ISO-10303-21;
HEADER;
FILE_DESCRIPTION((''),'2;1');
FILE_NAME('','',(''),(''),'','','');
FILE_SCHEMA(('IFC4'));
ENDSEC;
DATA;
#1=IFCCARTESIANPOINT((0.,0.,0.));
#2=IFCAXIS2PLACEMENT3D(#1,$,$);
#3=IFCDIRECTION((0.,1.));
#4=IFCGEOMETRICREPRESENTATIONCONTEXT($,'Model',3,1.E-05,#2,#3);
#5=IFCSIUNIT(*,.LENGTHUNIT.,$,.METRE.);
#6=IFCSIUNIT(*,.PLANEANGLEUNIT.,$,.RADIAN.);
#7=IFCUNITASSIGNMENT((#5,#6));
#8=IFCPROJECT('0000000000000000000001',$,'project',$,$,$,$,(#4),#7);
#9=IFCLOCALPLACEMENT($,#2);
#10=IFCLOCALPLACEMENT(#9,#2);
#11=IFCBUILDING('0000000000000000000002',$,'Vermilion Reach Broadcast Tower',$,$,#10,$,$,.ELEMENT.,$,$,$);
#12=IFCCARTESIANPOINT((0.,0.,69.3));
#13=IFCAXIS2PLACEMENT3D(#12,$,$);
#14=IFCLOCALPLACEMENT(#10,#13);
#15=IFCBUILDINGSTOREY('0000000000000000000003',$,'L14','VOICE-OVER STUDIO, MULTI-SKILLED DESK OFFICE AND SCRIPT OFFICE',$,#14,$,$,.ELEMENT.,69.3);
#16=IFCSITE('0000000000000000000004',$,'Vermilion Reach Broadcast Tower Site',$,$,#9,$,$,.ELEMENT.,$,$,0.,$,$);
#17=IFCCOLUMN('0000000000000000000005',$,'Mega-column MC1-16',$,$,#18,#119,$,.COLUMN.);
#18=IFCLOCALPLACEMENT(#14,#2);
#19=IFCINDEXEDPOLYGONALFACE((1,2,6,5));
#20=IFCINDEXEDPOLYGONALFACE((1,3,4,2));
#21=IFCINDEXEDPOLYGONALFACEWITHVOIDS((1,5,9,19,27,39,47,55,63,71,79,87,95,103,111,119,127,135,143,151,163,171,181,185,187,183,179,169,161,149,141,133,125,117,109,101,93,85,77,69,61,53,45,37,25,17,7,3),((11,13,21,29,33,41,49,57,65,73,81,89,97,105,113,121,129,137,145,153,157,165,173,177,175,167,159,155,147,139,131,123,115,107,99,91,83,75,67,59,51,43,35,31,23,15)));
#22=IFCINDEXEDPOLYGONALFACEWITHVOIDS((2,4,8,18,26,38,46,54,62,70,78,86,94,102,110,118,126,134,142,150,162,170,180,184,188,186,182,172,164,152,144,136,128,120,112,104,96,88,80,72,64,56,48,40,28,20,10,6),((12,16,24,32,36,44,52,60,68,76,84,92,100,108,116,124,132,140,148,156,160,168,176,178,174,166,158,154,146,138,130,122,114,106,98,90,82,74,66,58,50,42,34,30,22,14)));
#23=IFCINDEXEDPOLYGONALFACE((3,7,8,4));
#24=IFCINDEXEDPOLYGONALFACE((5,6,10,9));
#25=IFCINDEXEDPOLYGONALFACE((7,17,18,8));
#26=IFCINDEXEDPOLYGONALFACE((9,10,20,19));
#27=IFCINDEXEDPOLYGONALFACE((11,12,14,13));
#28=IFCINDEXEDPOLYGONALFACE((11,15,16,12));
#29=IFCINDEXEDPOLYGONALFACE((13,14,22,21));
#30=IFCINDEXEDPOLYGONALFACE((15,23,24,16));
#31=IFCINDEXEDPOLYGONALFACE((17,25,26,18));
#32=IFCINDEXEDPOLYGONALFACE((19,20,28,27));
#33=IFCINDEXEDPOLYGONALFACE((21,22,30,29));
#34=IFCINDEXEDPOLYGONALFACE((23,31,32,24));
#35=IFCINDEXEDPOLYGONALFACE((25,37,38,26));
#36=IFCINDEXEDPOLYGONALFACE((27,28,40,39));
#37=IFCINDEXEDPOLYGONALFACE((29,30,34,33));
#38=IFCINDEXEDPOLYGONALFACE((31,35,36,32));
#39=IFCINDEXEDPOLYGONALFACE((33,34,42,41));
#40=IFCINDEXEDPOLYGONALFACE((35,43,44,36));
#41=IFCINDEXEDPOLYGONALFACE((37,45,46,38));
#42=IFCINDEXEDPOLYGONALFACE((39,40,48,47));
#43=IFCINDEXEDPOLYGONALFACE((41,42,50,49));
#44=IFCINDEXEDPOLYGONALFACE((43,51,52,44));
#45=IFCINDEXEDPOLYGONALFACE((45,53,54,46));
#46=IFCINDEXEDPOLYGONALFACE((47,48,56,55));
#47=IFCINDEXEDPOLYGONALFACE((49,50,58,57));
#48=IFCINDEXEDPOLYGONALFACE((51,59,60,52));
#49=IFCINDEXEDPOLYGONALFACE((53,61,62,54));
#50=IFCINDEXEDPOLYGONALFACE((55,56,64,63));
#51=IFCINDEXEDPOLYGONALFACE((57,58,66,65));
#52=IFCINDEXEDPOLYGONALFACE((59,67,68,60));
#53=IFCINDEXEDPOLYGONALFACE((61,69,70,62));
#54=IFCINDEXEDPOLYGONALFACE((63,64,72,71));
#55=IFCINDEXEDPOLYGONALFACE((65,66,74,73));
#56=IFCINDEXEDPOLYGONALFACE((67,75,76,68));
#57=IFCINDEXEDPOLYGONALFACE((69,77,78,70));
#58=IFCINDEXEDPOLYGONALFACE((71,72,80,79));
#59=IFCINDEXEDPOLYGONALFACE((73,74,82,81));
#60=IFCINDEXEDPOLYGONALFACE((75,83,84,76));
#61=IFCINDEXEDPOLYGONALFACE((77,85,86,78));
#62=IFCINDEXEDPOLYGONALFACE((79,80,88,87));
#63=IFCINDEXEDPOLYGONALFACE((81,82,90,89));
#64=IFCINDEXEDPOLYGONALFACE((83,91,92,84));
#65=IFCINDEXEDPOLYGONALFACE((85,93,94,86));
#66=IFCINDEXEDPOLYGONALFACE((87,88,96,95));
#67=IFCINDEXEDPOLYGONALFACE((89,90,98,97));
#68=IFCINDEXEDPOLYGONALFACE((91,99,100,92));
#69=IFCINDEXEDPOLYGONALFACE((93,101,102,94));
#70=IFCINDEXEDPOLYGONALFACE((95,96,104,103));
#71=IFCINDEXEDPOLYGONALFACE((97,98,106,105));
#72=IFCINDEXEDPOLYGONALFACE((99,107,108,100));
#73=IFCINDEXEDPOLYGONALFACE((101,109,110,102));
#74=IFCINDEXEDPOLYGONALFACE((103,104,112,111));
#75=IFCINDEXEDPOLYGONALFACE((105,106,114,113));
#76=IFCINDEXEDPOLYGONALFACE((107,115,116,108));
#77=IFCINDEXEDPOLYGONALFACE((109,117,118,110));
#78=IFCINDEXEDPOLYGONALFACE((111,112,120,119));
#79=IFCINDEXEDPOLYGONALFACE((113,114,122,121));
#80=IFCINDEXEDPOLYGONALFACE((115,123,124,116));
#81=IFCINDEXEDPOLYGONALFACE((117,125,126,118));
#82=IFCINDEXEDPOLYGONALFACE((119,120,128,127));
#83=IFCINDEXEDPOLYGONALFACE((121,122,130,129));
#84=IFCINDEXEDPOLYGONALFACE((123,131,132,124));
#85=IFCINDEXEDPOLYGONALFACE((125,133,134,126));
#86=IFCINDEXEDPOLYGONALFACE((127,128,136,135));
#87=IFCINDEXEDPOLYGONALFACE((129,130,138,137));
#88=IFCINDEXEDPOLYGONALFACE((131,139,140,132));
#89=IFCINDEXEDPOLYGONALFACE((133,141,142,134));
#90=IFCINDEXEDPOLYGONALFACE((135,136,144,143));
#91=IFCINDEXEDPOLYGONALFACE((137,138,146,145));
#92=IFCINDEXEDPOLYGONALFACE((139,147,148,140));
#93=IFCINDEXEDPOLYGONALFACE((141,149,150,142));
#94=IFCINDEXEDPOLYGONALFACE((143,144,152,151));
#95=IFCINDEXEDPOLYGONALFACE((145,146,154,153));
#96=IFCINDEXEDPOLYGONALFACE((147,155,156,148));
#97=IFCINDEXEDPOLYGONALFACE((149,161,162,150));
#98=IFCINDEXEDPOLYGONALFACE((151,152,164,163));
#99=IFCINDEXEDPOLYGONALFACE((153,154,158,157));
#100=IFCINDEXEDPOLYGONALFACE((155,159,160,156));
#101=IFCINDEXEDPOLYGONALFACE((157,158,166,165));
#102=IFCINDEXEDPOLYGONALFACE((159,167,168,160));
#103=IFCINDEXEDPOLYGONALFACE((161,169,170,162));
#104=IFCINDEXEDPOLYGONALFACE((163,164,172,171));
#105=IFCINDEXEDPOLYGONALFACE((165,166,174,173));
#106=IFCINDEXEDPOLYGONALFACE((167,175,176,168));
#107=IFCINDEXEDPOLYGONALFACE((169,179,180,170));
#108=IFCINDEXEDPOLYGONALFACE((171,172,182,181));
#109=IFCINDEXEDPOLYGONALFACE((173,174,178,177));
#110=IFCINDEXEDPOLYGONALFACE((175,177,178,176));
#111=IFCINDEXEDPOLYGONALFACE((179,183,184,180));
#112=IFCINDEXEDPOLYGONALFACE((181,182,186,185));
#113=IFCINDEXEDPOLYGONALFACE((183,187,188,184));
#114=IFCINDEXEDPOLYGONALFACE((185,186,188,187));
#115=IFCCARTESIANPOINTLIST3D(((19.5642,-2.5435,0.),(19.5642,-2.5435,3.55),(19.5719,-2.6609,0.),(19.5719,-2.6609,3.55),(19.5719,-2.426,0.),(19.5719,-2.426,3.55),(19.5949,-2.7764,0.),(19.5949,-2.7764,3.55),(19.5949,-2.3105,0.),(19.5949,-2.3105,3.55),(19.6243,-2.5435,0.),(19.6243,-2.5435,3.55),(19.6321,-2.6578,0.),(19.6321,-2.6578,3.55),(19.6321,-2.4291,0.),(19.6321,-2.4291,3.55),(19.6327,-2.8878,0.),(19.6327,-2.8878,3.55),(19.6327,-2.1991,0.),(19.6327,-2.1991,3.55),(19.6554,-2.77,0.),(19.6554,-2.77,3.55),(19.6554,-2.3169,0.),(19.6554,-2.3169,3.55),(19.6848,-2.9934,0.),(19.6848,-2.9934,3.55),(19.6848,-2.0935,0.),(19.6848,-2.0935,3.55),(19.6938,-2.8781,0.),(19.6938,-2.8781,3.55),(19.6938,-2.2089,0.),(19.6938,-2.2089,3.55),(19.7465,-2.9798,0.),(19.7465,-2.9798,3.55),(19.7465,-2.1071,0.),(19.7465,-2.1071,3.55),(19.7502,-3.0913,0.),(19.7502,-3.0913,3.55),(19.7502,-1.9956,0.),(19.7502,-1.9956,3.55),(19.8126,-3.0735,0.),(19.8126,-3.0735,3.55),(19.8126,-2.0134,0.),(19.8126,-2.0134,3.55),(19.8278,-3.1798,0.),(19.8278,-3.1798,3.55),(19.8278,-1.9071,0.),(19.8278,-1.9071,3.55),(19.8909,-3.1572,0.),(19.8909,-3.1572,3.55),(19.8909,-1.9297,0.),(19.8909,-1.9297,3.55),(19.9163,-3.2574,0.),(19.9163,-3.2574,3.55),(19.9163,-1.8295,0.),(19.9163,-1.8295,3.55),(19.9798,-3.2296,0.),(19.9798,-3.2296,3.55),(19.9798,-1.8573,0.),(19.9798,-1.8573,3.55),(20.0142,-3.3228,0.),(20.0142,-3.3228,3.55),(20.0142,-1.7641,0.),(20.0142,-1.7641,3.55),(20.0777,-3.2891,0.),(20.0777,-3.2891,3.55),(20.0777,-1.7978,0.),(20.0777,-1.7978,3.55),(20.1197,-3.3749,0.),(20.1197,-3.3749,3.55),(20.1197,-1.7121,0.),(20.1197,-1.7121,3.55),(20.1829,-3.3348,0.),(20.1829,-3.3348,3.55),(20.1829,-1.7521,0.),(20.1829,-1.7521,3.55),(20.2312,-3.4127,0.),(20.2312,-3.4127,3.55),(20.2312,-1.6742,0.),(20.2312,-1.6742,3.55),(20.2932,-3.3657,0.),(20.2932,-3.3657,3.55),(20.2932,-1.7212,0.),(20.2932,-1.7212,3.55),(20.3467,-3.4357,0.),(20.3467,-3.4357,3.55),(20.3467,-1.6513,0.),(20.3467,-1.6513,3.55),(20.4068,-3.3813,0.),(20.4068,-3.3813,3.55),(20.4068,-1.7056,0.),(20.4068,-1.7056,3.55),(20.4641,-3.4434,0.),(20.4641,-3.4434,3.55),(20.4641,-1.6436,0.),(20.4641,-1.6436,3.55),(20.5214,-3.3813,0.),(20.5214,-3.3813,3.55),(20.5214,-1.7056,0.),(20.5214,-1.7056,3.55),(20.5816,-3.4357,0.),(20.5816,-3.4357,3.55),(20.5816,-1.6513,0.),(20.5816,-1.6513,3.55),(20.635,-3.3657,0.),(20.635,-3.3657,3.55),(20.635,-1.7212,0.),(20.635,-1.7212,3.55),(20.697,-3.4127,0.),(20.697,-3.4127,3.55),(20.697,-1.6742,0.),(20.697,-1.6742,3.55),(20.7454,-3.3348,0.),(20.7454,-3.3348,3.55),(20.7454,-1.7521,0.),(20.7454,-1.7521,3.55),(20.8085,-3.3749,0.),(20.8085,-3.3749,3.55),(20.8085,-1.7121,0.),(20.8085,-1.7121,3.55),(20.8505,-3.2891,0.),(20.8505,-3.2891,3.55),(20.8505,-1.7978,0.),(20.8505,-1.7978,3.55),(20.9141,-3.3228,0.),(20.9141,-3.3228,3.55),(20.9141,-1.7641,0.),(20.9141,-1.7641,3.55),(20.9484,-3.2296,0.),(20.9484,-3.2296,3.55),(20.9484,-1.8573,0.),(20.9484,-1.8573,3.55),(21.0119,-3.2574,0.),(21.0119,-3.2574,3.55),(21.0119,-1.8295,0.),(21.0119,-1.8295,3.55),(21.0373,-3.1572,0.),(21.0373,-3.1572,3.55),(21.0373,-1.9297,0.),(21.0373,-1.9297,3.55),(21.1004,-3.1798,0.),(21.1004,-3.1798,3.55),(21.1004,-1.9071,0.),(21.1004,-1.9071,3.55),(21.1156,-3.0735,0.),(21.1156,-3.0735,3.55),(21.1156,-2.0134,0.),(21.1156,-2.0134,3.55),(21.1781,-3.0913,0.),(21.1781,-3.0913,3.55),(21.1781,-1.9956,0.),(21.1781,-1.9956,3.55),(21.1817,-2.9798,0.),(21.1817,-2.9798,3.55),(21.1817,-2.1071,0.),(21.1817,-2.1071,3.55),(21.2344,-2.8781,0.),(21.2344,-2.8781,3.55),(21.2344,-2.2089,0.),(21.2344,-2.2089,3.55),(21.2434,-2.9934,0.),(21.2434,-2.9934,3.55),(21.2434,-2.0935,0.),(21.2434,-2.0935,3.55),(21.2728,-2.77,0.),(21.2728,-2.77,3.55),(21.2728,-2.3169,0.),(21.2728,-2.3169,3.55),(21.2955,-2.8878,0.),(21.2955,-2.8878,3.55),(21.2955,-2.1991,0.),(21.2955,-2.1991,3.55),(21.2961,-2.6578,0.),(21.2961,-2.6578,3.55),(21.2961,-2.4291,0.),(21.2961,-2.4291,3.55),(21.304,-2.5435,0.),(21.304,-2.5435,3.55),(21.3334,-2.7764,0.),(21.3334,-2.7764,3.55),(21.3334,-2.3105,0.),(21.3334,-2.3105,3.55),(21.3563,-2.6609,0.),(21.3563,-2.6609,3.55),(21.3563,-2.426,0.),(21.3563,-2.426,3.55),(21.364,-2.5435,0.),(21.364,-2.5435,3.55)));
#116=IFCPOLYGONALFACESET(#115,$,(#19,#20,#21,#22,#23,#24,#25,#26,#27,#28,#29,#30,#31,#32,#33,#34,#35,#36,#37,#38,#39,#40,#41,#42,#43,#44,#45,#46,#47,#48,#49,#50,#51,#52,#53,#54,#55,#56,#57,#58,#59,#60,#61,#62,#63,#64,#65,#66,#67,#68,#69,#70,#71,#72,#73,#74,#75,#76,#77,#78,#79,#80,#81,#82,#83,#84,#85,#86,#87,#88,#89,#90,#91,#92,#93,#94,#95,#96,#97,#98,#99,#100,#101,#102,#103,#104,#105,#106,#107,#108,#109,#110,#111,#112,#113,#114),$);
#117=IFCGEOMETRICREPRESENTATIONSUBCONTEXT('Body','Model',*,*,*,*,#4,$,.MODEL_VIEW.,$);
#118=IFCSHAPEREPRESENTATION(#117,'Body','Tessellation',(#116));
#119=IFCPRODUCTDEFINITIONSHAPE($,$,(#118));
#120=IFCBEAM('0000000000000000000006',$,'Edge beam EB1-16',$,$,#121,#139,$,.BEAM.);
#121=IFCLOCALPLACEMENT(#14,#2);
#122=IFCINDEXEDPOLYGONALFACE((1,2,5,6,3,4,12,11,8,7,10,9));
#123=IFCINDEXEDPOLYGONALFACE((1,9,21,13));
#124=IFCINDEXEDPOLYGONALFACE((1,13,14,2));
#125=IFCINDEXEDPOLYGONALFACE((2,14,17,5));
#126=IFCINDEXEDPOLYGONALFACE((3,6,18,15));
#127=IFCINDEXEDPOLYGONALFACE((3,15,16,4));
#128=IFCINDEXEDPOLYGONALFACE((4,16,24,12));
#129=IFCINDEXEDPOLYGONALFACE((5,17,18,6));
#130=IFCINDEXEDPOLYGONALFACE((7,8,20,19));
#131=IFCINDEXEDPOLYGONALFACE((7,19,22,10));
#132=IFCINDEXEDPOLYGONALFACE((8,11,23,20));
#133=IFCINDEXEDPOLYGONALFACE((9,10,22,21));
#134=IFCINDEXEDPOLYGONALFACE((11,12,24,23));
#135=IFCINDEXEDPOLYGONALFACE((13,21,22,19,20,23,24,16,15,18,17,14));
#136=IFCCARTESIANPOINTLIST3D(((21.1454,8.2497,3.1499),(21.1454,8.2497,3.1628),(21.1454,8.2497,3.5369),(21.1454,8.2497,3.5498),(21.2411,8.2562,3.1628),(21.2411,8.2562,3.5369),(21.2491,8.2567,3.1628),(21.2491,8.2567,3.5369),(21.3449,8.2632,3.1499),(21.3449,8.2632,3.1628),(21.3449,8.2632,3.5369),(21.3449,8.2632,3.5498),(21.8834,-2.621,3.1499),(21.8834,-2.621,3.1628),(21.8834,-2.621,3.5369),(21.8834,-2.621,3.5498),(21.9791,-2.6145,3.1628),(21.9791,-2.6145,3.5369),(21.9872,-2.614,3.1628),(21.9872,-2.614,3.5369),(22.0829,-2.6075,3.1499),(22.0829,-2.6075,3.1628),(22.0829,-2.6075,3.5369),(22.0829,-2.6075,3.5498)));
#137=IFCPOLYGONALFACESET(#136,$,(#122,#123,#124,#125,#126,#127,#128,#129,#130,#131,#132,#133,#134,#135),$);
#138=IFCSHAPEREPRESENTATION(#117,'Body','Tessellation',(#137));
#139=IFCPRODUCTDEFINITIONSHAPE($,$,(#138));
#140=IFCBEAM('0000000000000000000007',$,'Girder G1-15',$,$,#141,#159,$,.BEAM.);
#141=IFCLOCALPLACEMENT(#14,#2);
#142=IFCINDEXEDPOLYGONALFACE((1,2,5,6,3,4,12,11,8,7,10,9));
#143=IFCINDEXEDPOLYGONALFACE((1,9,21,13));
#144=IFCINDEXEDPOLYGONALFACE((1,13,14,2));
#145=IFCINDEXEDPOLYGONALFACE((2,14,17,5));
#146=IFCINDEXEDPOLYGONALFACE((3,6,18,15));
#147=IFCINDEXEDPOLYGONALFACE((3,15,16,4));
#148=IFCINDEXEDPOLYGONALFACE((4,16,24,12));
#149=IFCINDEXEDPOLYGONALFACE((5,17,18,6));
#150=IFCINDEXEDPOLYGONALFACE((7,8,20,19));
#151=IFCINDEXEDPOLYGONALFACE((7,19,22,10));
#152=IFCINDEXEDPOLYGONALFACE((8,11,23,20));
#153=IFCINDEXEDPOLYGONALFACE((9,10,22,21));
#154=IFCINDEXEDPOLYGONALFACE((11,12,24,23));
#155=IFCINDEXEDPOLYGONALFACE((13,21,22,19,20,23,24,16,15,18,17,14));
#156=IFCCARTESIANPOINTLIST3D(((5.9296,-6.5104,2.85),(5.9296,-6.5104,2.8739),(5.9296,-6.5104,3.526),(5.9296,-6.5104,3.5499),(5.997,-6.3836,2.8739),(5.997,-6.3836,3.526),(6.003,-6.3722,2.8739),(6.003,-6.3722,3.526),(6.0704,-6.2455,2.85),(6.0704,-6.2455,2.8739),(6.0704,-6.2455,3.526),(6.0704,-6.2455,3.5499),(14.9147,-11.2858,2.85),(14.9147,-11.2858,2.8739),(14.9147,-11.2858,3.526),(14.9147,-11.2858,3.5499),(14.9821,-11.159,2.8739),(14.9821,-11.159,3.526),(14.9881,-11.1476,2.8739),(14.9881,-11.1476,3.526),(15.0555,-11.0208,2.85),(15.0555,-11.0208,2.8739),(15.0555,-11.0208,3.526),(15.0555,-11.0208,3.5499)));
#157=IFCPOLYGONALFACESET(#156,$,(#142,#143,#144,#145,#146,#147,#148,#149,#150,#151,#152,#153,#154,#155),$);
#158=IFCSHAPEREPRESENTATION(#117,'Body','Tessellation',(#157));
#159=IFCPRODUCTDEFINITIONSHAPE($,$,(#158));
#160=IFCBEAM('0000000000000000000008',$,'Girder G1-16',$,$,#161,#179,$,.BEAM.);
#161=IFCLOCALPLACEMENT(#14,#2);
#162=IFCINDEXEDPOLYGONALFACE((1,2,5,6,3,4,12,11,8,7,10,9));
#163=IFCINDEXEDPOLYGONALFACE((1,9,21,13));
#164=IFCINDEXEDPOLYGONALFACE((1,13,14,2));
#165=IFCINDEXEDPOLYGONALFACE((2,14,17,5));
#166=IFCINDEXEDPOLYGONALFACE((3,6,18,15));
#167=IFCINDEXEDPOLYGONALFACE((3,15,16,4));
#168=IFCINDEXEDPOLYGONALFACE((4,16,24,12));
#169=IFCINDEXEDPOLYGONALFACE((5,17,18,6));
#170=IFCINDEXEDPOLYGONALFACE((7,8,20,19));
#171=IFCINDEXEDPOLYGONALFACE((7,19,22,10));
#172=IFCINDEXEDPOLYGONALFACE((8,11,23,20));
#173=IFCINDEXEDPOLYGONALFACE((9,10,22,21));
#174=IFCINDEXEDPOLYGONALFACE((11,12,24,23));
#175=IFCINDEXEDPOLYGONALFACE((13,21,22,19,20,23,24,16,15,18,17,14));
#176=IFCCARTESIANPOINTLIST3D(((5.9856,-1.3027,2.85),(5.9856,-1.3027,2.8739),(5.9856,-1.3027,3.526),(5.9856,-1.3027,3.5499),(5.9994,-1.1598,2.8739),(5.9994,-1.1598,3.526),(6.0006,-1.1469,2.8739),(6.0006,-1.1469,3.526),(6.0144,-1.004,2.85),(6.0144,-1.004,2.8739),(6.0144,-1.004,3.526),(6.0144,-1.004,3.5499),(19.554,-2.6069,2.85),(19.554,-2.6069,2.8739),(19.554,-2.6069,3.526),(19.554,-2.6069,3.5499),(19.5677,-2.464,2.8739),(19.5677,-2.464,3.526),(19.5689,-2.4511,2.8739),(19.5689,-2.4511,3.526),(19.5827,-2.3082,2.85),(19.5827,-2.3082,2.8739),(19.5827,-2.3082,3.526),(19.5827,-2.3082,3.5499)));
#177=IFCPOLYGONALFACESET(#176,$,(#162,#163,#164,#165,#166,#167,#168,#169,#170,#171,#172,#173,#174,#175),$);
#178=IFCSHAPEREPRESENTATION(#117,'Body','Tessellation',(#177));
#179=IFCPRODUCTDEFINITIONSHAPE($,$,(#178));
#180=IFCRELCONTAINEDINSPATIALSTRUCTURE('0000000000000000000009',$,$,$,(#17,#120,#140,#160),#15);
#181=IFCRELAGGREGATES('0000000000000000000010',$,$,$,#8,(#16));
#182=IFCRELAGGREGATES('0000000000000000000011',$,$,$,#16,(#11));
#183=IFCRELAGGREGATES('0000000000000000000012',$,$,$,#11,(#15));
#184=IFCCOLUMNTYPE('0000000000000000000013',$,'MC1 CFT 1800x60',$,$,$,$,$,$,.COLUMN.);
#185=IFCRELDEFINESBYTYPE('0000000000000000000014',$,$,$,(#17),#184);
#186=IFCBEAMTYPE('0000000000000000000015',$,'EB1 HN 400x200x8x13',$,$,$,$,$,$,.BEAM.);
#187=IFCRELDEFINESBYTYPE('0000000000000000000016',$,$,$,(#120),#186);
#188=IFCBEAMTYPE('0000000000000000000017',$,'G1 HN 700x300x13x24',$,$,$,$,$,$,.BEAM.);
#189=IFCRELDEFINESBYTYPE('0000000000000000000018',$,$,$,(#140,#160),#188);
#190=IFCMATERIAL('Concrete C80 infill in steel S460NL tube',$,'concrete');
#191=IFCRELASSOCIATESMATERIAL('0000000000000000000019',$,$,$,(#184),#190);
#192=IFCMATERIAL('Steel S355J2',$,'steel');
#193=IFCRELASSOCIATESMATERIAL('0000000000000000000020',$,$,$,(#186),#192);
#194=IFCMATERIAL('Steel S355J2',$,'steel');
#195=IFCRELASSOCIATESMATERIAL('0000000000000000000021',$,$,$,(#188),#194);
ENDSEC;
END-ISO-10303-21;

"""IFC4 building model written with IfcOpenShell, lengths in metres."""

from ifc_helpers import new_model, si_unit, direction, frame, origin, origin_2d, place, context, subcontext, project, spatial, hollow_circle, i_section, extrude, material, material_profile, profile_set, type_object, element, save


model = new_model("IFC4")

# Units and contexts
model_context = context("Model", 3, precision=1e-05, world=origin(), true_north=direction((0.0, 1.0)))
body_context = subcontext(model_context, "Body", "Model", "MODEL_VIEW")
ifc_project = project(units=[si_unit("LENGTHUNIT", "METRE"), si_unit("PLANEANGLEUNIT", "RADIAN")], contexts=[model_context])

# Site, building, storey
site_placement = place(None, origin())
site = spatial("IfcSite", under=ifc_project, at=site_placement, Name="Vermilion Reach Broadcast Tower Site", CompositionType="ELEMENT", RefElevation=0.0)
building_placement = place(site_placement, origin())
building = spatial("IfcBuilding", under=site, at=building_placement, Name="Vermilion Reach Broadcast Tower", CompositionType="ELEMENT")
storey_placement = place(building_placement, frame((0.0, 0.0, 69.3)))
storey = spatial("IfcBuildingStorey", under=building, at=storey_placement, Name="L14", Description="VOICE-OVER STUDIO, MULTI-SKILLED DESK OFFICE AND SCRIPT OFFICE", CompositionType="ELEMENT", Elevation=69.3)

# Column
ifc_material_1 = material(Name="Concrete C80 infill in steel S460NL tube", Category="concrete")
ifc_material_profile_1 = material_profile(ifc_material_1, hollow_circle(Radius=0.8999, WallThickness=0.0601, at=origin_2d()), Name="Concrete C80 infill in steel S460NL tube CFT 1800x60")
ifc_profile_set_1 = profile_set([ifc_material_profile_1], Name="Concrete C80 infill in steel S460NL tube")
column_type = type_object("IfcColumnType", Name="MC1 CFT 1800x60", PredefinedType="COLUMN", material=ifc_profile_set_1)
column_placement = place(storey_placement, frame((20.4641, -2.5435, 0.0), z_axis=(0.0, 0.0, 1.0), x_axis=(1.0, 0.0, 0.0)))
element("IfcColumn", 1, at=column_placement, inside=storey, type_object=column_type, Name="Mega-column MC1-16", PredefinedType="COLUMN", context=body_context, shape_type="SweptSolid", body=[
    extrude(hollow_circle(Radius=0.8999, WallThickness=0.0601, at=origin_2d()), origin(), (0.0, 0.0, 1.0), 3.55),
])

# Beams
ifc_material_2 = material(Name="Steel S355J2", Category="steel")
ifc_material_profile_2 = material_profile(ifc_material_2, i_section(OverallWidth=0.2, OverallDepth=0.3999, WebThickness=0.0081, FlangeThickness=0.0129, at=origin_2d()), Name="S355J2 HN 400x200x8x13")
ifc_profile_set_2 = profile_set([ifc_material_profile_2], Name="Steel S355J2")
beam_type_1 = type_object("IfcBeamType", Name="EB1 HN 400x200x8x13", PredefinedType="BEAM", material=ifc_profile_set_2)
beam_1_placement = place(storey_placement, frame((21.9832, -2.6143, 3.3499), z_axis=(-0.067737, 0.997703, 0.0), x_axis=(-0.997703, -0.067737, 0.0)))
element("IfcBeam", 2, at=beam_1_placement, inside=storey, type_object=beam_type_1, Name="Edge beam EB1-16", PredefinedType="BEAM", context=body_context, shape_type="SweptSolid", body=[
    extrude(i_section(OverallWidth=0.2, OverallDepth=0.3999, WebThickness=0.0081, FlangeThickness=0.0129, at=origin_2d()), origin(), (0.0, 0.0, 1.0), 10.8958),
])
ifc_material_3 = material(Name="Steel S355J2", Category="steel")
ifc_material_profile_3 = material_profile(ifc_material_3, i_section(OverallWidth=0.3, OverallDepth=0.7, WebThickness=0.0129, FlangeThickness=0.0239, at=origin_2d()), Name="S355J2 HN 700x300x13x24")
ifc_profile_set_3 = profile_set([ifc_material_profile_3], Name="Steel S355J2")
beam_type_2 = type_object("IfcBeamType", Name="G1 HN 700x300x13x24", PredefinedType="BEAM", material=ifc_profile_set_3)
beam_2_placement = place(storey_placement, frame((6.0, -6.3779, 3.2), z_axis=(0.883032, -0.469313, 0.0), x_axis=(0.469313, 0.883032, 0.0)))
element("IfcBeam", 3, at=beam_2_placement, inside=storey, type_object=beam_type_2, Name="Girder G1-15", PredefinedType="BEAM", context=body_context, shape_type="SweptSolid", body=[
    extrude(i_section(OverallWidth=0.3, OverallDepth=0.7, WebThickness=0.0129, FlangeThickness=0.0239, at=origin_2d()), origin(), (0.0, 0.0, 1.0), 10.1753),
])
beam_3_placement = place(storey_placement, frame((6.0, -1.1533, 3.2), z_axis=(0.995412, -0.09568, 0.0), x_axis=(0.09568, 0.995412, 0.0)))
element("IfcBeam", 4, at=beam_3_placement, inside=storey, type_object=beam_type_2, Name="Girder G1-16", PredefinedType="BEAM", context=body_context, shape_type="SweptSolid", body=[
    extrude(i_section(OverallWidth=0.3, OverallDepth=0.7, WebThickness=0.0129, FlangeThickness=0.0239, at=origin_2d()), origin(), (0.0, 0.0, 1.0), 13.6309),
])

save(model, "model.ifc")
